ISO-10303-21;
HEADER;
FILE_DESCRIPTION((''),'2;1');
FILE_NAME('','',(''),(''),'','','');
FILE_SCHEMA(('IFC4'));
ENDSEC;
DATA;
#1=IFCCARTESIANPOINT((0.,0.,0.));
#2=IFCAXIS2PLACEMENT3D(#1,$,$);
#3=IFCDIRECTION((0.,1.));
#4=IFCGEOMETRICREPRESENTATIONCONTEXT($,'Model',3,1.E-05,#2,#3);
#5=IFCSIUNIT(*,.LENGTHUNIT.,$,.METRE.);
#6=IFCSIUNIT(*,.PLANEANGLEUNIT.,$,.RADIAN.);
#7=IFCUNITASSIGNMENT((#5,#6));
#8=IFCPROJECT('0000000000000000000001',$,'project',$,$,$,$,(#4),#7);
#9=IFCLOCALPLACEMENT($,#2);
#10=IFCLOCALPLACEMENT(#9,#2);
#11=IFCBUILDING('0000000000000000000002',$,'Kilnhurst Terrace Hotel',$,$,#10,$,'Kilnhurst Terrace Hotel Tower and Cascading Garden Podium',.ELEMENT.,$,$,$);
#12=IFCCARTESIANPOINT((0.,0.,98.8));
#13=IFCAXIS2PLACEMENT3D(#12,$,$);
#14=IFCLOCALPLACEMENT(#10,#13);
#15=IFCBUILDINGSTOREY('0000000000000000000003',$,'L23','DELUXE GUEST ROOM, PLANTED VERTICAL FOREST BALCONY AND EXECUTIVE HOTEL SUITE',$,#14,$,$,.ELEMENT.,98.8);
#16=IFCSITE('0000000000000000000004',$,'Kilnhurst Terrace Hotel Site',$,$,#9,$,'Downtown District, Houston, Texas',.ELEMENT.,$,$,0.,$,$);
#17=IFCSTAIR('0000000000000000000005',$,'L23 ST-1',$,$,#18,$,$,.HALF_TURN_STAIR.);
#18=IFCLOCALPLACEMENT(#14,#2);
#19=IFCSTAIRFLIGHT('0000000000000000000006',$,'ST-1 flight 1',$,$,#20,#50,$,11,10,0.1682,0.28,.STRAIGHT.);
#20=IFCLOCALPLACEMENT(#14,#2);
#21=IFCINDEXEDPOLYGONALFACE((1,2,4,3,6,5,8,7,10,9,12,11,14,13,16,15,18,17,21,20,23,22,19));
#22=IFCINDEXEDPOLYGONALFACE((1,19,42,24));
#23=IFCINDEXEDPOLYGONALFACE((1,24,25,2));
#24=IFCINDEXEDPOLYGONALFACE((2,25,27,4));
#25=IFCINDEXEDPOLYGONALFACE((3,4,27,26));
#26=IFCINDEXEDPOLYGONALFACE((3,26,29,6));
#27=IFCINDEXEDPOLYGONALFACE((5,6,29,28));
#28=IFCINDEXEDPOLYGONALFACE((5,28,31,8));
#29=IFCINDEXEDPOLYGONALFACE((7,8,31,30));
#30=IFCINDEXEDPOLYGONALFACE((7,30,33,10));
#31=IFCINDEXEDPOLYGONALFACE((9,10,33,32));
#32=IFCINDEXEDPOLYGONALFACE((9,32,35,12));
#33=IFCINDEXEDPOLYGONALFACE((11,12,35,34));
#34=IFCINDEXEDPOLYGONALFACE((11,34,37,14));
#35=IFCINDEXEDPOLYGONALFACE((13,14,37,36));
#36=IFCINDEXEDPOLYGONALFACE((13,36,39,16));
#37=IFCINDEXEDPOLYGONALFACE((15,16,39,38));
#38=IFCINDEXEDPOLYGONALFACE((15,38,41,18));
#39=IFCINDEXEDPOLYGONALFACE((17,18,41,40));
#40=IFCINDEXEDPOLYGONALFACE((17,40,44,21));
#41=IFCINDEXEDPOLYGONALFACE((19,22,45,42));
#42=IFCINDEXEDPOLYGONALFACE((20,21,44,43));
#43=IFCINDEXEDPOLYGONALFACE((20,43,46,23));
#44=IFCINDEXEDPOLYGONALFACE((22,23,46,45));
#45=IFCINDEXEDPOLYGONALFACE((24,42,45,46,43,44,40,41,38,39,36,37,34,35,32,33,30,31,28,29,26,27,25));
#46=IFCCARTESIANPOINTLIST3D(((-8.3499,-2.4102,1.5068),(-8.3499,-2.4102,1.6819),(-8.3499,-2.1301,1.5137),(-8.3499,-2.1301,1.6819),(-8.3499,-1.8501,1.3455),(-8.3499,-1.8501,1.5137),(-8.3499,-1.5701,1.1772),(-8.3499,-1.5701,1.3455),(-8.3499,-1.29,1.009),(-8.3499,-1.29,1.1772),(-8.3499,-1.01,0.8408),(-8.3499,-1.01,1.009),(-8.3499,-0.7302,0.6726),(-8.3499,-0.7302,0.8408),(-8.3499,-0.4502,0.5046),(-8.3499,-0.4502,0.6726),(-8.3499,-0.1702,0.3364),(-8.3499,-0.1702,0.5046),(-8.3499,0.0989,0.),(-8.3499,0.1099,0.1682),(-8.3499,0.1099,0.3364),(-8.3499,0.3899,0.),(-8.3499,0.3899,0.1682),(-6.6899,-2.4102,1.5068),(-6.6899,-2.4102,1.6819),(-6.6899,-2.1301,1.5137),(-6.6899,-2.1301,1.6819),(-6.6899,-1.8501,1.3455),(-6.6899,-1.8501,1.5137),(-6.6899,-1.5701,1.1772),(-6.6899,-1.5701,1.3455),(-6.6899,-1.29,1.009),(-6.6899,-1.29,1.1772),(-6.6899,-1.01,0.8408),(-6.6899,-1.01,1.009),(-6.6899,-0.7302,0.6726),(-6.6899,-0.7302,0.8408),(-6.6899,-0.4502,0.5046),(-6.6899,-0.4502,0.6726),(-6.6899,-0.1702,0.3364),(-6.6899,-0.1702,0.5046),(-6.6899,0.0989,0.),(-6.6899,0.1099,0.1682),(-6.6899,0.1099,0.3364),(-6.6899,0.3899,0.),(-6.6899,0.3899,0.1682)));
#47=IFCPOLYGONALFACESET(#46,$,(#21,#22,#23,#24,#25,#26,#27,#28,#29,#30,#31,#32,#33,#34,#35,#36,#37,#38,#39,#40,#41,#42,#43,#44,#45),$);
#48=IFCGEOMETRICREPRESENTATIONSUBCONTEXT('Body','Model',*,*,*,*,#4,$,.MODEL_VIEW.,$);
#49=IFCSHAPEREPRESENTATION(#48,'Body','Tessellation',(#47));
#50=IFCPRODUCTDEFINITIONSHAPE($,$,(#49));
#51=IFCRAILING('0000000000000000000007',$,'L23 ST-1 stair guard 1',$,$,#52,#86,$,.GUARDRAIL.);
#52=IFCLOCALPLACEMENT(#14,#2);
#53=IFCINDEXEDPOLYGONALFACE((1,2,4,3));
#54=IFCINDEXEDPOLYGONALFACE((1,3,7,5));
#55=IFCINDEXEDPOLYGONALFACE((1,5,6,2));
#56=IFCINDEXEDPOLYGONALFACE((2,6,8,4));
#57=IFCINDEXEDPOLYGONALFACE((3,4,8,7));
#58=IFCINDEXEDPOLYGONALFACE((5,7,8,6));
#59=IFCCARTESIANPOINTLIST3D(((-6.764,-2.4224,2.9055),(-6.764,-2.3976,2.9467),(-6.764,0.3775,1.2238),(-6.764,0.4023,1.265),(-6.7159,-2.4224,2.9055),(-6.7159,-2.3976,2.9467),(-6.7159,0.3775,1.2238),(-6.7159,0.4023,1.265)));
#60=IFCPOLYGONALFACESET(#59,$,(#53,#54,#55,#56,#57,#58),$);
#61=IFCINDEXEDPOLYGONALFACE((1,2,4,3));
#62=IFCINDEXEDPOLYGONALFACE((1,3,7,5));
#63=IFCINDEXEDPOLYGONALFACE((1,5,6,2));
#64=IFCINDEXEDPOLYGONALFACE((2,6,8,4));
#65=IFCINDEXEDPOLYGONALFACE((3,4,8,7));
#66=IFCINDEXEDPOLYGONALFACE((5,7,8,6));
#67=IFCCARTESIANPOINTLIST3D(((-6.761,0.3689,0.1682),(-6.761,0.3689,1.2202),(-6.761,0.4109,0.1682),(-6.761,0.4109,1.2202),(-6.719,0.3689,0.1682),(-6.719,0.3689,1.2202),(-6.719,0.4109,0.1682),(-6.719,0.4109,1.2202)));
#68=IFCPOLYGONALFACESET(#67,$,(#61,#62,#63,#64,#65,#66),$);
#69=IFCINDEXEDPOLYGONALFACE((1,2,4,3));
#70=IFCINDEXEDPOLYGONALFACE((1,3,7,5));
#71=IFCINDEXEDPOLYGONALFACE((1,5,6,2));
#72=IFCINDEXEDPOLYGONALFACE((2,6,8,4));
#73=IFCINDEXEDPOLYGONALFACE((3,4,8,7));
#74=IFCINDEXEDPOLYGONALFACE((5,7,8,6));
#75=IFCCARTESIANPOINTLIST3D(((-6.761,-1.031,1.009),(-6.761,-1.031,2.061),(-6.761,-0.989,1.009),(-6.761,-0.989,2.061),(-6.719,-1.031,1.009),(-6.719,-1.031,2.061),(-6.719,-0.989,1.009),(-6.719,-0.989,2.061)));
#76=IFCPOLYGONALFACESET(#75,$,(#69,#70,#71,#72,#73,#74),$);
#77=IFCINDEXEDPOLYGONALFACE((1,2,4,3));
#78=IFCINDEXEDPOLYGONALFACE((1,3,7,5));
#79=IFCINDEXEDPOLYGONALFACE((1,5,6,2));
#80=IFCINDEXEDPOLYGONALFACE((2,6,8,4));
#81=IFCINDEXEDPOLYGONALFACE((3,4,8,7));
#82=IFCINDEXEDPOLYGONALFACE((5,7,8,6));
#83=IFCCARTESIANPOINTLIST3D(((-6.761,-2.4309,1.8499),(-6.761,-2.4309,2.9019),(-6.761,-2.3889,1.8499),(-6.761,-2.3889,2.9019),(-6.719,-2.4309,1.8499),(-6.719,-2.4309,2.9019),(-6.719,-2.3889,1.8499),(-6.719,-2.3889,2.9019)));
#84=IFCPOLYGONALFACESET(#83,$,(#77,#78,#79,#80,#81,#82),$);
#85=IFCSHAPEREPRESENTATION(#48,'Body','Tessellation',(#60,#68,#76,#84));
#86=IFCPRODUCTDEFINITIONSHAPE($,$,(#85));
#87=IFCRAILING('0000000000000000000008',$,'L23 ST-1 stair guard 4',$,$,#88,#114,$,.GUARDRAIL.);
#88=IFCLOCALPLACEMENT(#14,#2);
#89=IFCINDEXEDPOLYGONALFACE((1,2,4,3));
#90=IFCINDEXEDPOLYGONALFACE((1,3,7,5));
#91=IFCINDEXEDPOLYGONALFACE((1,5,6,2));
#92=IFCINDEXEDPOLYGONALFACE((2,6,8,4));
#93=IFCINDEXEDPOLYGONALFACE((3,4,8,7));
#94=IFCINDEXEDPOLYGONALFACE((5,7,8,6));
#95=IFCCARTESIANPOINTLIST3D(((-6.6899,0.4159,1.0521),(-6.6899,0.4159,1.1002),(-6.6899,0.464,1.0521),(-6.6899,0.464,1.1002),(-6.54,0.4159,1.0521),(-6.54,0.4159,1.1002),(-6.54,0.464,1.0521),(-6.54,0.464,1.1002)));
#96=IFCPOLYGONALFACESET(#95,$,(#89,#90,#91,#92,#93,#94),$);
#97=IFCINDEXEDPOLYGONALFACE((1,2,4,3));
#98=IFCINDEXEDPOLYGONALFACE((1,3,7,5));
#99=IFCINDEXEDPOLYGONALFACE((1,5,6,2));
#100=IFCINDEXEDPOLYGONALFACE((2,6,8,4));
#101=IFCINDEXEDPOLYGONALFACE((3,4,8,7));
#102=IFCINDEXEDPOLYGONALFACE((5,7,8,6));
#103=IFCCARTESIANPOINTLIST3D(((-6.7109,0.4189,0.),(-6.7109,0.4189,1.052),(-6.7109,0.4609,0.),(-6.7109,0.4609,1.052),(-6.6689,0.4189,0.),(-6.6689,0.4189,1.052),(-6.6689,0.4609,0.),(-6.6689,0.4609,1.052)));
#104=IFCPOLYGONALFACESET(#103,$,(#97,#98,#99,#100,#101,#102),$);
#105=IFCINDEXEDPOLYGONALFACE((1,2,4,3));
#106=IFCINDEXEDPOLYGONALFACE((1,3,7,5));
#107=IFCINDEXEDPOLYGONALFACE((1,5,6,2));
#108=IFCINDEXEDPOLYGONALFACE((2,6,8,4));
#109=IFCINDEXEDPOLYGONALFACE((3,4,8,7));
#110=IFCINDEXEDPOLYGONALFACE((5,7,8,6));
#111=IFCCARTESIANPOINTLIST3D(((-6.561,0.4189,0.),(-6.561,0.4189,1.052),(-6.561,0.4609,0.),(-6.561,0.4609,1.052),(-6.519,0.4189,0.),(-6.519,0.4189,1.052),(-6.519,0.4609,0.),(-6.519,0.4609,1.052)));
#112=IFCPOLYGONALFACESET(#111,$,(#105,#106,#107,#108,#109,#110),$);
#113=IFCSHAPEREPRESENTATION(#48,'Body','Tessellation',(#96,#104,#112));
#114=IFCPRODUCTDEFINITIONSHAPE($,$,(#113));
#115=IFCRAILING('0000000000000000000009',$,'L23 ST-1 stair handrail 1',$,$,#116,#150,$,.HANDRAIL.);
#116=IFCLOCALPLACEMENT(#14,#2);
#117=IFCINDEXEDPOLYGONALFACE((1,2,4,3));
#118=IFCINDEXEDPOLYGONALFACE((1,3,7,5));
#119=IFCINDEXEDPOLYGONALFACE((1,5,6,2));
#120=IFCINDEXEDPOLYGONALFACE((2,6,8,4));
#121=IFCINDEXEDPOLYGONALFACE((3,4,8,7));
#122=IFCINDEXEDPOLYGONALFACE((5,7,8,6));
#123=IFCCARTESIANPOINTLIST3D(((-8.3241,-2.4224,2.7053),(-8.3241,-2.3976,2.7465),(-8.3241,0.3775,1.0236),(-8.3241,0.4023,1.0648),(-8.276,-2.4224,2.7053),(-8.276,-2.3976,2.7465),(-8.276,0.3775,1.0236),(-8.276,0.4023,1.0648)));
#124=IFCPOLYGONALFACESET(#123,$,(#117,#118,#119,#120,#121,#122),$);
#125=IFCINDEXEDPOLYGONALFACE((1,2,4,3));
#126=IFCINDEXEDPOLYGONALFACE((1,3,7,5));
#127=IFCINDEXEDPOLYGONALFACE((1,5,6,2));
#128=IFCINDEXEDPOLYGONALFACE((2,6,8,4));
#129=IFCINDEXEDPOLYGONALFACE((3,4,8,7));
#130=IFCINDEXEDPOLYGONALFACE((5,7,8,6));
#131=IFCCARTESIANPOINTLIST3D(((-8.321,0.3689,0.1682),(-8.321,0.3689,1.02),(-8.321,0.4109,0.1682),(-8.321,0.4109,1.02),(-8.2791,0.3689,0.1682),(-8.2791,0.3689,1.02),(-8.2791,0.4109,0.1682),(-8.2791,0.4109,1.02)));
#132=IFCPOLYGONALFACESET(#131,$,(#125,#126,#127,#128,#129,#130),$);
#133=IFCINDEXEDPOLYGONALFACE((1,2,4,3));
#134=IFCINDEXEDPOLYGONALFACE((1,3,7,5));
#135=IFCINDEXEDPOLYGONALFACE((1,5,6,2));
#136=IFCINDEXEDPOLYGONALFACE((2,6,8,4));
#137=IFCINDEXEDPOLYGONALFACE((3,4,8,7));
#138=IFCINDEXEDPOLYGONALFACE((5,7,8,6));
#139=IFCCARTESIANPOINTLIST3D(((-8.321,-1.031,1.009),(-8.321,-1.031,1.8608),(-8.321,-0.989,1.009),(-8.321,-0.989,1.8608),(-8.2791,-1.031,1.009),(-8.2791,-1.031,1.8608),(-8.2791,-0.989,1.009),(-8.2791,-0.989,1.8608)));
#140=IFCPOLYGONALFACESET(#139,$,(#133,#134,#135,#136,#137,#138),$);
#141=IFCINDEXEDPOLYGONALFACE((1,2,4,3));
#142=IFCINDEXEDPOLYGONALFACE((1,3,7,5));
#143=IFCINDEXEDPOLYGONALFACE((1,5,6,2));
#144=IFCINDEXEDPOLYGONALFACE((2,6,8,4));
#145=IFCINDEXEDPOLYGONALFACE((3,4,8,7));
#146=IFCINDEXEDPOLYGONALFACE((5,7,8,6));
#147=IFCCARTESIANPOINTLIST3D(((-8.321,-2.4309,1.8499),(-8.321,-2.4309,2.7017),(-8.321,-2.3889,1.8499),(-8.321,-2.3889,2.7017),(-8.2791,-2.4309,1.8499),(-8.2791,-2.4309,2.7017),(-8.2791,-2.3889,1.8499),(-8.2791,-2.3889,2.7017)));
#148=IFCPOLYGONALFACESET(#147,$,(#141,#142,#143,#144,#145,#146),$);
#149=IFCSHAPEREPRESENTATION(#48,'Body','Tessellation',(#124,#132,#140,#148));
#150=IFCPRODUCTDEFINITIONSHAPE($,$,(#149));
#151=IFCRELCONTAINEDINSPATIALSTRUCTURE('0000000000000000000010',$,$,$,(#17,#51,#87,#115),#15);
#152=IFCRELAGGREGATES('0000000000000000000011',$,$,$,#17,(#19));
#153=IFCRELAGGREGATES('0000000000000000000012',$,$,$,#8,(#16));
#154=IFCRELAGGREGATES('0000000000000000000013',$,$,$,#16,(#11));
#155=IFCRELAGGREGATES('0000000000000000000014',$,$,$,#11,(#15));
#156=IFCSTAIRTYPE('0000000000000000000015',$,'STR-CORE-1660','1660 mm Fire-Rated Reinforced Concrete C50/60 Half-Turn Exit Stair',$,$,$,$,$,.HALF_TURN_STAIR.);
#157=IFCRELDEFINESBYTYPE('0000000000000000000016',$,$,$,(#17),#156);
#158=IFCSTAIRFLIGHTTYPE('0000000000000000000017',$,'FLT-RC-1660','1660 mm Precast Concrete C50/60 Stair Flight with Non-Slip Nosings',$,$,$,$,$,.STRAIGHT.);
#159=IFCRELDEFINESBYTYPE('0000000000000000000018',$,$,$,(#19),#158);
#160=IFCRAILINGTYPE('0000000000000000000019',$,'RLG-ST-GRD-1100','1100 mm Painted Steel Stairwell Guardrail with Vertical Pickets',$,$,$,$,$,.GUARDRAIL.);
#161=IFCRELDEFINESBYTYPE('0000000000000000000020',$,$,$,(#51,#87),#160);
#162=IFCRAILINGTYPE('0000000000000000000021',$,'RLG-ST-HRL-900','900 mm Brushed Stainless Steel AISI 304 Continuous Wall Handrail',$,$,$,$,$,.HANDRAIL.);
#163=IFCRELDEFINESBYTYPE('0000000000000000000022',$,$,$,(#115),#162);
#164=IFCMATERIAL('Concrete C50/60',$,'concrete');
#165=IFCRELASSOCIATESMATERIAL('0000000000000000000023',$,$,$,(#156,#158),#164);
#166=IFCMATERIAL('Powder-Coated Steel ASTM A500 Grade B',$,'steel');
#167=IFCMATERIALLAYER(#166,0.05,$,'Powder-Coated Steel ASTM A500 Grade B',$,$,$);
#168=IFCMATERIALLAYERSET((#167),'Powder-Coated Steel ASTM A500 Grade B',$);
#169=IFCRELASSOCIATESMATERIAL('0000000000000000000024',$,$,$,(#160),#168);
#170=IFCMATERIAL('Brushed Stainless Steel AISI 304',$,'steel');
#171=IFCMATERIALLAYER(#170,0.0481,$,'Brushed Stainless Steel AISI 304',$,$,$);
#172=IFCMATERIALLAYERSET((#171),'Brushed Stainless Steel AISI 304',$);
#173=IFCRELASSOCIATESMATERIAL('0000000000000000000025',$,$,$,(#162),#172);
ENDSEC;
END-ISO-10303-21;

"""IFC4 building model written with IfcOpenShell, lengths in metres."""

from ifc_helpers import new_model, si_unit, direction, frame, origin, origin_2d, place, context, subcontext, project, spatial, polyline, rectangle, outline, extrude, material, layer, layer_set, type_object, element, aggregate, save


model = new_model("IFC4")

# Units and contexts
model_context = context("Model", 3, precision=1e-05, world=origin(), true_north=direction((0.0, 1.0)))
body_context = subcontext(model_context, "Body", "Model", "MODEL_VIEW")
ifc_project = project(units=[si_unit("LENGTHUNIT", "METRE"), si_unit("PLANEANGLEUNIT", "RADIAN")], contexts=[model_context])

# Site, building, storey
site_placement = place(None, origin())
site = spatial("IfcSite", under=ifc_project, at=site_placement, Name="Kilnhurst Terrace Hotel Site", LongName="Downtown District, Houston, Texas", CompositionType="ELEMENT", RefElevation=0.0)
building_placement = place(site_placement, origin())
building = spatial("IfcBuilding", under=site, at=building_placement, Name="Kilnhurst Terrace Hotel", LongName="Kilnhurst Terrace Hotel Tower and Cascading Garden Podium", CompositionType="ELEMENT")
storey_placement = place(building_placement, frame((0.0, 0.0, 98.8)))
storey = spatial("IfcBuildingStorey", under=building, at=storey_placement, Name="L23", Description="DELUXE GUEST ROOM, PLANTED VERTICAL FOREST BALCONY AND EXECUTIVE HOTEL SUITE", CompositionType="ELEMENT", Elevation=98.8)

# Shared definitions
ifc_material_1 = material(Name="Concrete C50/60", Category="concrete")

# Stair, stair flight
stair_type = type_object("IfcStairType", Name="STR-CORE-1660", Description="1660 mm Fire-Rated Reinforced Concrete C50/60 Half-Turn Exit Stair", PredefinedType="HALF_TURN_STAIR", material=ifc_material_1)
stair_placement = place(storey_placement, origin())
stair = element("IfcStair", 1, at=stair_placement, inside=storey, type_object=stair_type, Name="L23 ST-1", PredefinedType="HALF_TURN_STAIR")
stair_flight_type = type_object("IfcStairFlightType", Name="FLT-RC-1660", Description="1660 mm Precast Concrete C50/60 Stair Flight with Non-Slip Nosings", PredefinedType="STRAIGHT", material=ifc_material_1)
stair_flight_placement = place(storey_placement, frame((-7.52, 0.3899, 0.0), z_axis=(0.0, 0.0, 1.0), x_axis=(0.0, -1.0, 0.0)))
stair_flight = element("IfcStairFlight", 2, at=stair_flight_placement, type_object=stair_flight_type, Name="ST-1 flight 1", NumberOfRisers=11, NumberOfTreads=10, PredefinedType="STRAIGHT", RiserHeight=0.1682, TreadLength=0.28, context=body_context, shape_type="SweptSolid", body=[
    extrude(outline(polyline([(0.0, 0.0), (0.0, 0.1682), (0.28, 0.1682), (0.28, 0.3364), (0.5601, 0.3364), (0.5601, 0.5046), (0.8401, 0.5046), (0.8401, 0.6726), (1.1201, 0.6726), (1.1201, 0.8408), (1.3999, 0.8408), (1.3999, 1.009), (1.6799, 1.009), (1.6799, 1.1772), (1.96, 1.1772), (1.96, 1.3455), (2.24, 1.3455), (2.24, 1.5137), (2.52, 1.5137), (2.52, 1.6819), (2.8, 1.6819), (2.8, 1.8501), (2.8, 1.5068), (0.291, 0.0), (0.0, 0.0)])), frame((0.0, 0.8301, 0.0), z_axis=(0.0, -1.0, 0.0), x_axis=(1.0, 0.0, 0.0)), (0.0, 0.0, 1.0), 1.6599),
])
aggregate(stair, [stair_flight])

# Railings
ifc_material_2 = material(Name="Powder-Coated Steel ASTM A500 Grade B", Category="steel")
ifc_layer_1 = layer(ifc_material_2, 0.05, Name="Powder-Coated Steel ASTM A500 Grade B")
ifc_layer_set_1 = layer_set([ifc_layer_1], Name="Powder-Coated Steel ASTM A500 Grade B")
railing_type_1 = type_object("IfcRailingType", Name="RLG-ST-GRD-1100", Description="1100 mm Painted Steel Stairwell Guardrail with Vertical Pickets", PredefinedType="GUARDRAIL", material=ifc_layer_set_1)
railing_1_placement = place(storey_placement, frame((-6.74, 0.3899, 0.1682)))
element("IfcRailing", 3, at=railing_1_placement, inside=storey, type_object=railing_type_1, Name="L23 ST-1 stair guard 1", PredefinedType="GUARDRAIL", context=body_context, shape_type="SweptSolid", body=[
    extrude(rectangle(XDim=0.0481, YDim=0.0481, at=origin_2d()), frame((0.0, 0.0, 1.0762), z_axis=(0.0, -0.857255, 0.514891), x_axis=(1.0, 0.0, 0.0)), (0.0, 0.0, 1.0), 3.2661),
    extrude(rectangle(XDim=0.042, YDim=0.042, at=origin_2d()), origin(), (0.0, 0.0, 1.0), 1.052),
    extrude(rectangle(XDim=0.042, YDim=0.042, at=origin_2d()), frame((0.0, -1.3999, 0.8408)), (0.0, 0.0, 1.0), 1.052),
    extrude(rectangle(XDim=0.042, YDim=0.042, at=origin_2d()), frame((0.0, -2.7998, 1.6816)), (0.0, 0.0, 1.0), 1.052),
])
railing_2_placement = place(storey_placement, frame((-6.6899, 0.4399, 0.0)))
element("IfcRailing", 4, at=railing_2_placement, inside=storey, type_object=railing_type_1, Name="L23 ST-1 stair guard 4", PredefinedType="GUARDRAIL", context=body_context, shape_type="SweptSolid", body=[
    extrude(rectangle(XDim=0.0481, YDim=0.0481, at=origin_2d()), frame((0.0, 0.0, 1.0762), z_axis=(1.0, 0.0, 0.0), x_axis=(0.0, 1.0, 0.0)), (0.0, 0.0, 1.0), 0.1499),
    extrude(rectangle(XDim=0.042, YDim=0.042, at=origin_2d()), origin(), (0.0, 0.0, 1.0), 1.052),
    extrude(rectangle(XDim=0.042, YDim=0.042, at=origin_2d()), frame((0.1499, 0.0, 0.0)), (0.0, 0.0, 1.0), 1.052),
])
ifc_material_3 = material(Name="Brushed Stainless Steel AISI 304", Category="steel")
ifc_layer_2 = layer(ifc_material_3, 0.0481, Name="Brushed Stainless Steel AISI 304")
ifc_layer_set_2 = layer_set([ifc_layer_2], Name="Brushed Stainless Steel AISI 304")
railing_type_2 = type_object("IfcRailingType", Name="RLG-ST-HRL-900", Description="900 mm Brushed Stainless Steel AISI 304 Continuous Wall Handrail", PredefinedType="HANDRAIL", material=ifc_layer_set_2)
railing_3_placement = place(storey_placement, frame((-8.3, 0.3899, 0.1682)))
element("IfcRailing", 5, at=railing_3_placement, inside=storey, type_object=railing_type_2, Name="L23 ST-1 stair handrail 1", PredefinedType="HANDRAIL", context=body_context, shape_type="SweptSolid", body=[
    extrude(rectangle(XDim=0.0481, YDim=0.0481, at=origin_2d()), frame((0.0, 0.0, 0.876), z_axis=(0.0, -0.857255, 0.514891), x_axis=(1.0, 0.0, 0.0)), (0.0, 0.0, 1.0), 3.2661),
    extrude(rectangle(XDim=0.042, YDim=0.042, at=origin_2d()), origin(), (0.0, 0.0, 1.0), 0.8518),
    extrude(rectangle(XDim=0.042, YDim=0.042, at=origin_2d()), frame((0.0, -1.3999, 0.8408)), (0.0, 0.0, 1.0), 0.8518),
    extrude(rectangle(XDim=0.042, YDim=0.042, at=origin_2d()), frame((0.0, -2.7998, 1.6816)), (0.0, 0.0, 1.0), 0.8518),
])

save(model, "model.ifc")
